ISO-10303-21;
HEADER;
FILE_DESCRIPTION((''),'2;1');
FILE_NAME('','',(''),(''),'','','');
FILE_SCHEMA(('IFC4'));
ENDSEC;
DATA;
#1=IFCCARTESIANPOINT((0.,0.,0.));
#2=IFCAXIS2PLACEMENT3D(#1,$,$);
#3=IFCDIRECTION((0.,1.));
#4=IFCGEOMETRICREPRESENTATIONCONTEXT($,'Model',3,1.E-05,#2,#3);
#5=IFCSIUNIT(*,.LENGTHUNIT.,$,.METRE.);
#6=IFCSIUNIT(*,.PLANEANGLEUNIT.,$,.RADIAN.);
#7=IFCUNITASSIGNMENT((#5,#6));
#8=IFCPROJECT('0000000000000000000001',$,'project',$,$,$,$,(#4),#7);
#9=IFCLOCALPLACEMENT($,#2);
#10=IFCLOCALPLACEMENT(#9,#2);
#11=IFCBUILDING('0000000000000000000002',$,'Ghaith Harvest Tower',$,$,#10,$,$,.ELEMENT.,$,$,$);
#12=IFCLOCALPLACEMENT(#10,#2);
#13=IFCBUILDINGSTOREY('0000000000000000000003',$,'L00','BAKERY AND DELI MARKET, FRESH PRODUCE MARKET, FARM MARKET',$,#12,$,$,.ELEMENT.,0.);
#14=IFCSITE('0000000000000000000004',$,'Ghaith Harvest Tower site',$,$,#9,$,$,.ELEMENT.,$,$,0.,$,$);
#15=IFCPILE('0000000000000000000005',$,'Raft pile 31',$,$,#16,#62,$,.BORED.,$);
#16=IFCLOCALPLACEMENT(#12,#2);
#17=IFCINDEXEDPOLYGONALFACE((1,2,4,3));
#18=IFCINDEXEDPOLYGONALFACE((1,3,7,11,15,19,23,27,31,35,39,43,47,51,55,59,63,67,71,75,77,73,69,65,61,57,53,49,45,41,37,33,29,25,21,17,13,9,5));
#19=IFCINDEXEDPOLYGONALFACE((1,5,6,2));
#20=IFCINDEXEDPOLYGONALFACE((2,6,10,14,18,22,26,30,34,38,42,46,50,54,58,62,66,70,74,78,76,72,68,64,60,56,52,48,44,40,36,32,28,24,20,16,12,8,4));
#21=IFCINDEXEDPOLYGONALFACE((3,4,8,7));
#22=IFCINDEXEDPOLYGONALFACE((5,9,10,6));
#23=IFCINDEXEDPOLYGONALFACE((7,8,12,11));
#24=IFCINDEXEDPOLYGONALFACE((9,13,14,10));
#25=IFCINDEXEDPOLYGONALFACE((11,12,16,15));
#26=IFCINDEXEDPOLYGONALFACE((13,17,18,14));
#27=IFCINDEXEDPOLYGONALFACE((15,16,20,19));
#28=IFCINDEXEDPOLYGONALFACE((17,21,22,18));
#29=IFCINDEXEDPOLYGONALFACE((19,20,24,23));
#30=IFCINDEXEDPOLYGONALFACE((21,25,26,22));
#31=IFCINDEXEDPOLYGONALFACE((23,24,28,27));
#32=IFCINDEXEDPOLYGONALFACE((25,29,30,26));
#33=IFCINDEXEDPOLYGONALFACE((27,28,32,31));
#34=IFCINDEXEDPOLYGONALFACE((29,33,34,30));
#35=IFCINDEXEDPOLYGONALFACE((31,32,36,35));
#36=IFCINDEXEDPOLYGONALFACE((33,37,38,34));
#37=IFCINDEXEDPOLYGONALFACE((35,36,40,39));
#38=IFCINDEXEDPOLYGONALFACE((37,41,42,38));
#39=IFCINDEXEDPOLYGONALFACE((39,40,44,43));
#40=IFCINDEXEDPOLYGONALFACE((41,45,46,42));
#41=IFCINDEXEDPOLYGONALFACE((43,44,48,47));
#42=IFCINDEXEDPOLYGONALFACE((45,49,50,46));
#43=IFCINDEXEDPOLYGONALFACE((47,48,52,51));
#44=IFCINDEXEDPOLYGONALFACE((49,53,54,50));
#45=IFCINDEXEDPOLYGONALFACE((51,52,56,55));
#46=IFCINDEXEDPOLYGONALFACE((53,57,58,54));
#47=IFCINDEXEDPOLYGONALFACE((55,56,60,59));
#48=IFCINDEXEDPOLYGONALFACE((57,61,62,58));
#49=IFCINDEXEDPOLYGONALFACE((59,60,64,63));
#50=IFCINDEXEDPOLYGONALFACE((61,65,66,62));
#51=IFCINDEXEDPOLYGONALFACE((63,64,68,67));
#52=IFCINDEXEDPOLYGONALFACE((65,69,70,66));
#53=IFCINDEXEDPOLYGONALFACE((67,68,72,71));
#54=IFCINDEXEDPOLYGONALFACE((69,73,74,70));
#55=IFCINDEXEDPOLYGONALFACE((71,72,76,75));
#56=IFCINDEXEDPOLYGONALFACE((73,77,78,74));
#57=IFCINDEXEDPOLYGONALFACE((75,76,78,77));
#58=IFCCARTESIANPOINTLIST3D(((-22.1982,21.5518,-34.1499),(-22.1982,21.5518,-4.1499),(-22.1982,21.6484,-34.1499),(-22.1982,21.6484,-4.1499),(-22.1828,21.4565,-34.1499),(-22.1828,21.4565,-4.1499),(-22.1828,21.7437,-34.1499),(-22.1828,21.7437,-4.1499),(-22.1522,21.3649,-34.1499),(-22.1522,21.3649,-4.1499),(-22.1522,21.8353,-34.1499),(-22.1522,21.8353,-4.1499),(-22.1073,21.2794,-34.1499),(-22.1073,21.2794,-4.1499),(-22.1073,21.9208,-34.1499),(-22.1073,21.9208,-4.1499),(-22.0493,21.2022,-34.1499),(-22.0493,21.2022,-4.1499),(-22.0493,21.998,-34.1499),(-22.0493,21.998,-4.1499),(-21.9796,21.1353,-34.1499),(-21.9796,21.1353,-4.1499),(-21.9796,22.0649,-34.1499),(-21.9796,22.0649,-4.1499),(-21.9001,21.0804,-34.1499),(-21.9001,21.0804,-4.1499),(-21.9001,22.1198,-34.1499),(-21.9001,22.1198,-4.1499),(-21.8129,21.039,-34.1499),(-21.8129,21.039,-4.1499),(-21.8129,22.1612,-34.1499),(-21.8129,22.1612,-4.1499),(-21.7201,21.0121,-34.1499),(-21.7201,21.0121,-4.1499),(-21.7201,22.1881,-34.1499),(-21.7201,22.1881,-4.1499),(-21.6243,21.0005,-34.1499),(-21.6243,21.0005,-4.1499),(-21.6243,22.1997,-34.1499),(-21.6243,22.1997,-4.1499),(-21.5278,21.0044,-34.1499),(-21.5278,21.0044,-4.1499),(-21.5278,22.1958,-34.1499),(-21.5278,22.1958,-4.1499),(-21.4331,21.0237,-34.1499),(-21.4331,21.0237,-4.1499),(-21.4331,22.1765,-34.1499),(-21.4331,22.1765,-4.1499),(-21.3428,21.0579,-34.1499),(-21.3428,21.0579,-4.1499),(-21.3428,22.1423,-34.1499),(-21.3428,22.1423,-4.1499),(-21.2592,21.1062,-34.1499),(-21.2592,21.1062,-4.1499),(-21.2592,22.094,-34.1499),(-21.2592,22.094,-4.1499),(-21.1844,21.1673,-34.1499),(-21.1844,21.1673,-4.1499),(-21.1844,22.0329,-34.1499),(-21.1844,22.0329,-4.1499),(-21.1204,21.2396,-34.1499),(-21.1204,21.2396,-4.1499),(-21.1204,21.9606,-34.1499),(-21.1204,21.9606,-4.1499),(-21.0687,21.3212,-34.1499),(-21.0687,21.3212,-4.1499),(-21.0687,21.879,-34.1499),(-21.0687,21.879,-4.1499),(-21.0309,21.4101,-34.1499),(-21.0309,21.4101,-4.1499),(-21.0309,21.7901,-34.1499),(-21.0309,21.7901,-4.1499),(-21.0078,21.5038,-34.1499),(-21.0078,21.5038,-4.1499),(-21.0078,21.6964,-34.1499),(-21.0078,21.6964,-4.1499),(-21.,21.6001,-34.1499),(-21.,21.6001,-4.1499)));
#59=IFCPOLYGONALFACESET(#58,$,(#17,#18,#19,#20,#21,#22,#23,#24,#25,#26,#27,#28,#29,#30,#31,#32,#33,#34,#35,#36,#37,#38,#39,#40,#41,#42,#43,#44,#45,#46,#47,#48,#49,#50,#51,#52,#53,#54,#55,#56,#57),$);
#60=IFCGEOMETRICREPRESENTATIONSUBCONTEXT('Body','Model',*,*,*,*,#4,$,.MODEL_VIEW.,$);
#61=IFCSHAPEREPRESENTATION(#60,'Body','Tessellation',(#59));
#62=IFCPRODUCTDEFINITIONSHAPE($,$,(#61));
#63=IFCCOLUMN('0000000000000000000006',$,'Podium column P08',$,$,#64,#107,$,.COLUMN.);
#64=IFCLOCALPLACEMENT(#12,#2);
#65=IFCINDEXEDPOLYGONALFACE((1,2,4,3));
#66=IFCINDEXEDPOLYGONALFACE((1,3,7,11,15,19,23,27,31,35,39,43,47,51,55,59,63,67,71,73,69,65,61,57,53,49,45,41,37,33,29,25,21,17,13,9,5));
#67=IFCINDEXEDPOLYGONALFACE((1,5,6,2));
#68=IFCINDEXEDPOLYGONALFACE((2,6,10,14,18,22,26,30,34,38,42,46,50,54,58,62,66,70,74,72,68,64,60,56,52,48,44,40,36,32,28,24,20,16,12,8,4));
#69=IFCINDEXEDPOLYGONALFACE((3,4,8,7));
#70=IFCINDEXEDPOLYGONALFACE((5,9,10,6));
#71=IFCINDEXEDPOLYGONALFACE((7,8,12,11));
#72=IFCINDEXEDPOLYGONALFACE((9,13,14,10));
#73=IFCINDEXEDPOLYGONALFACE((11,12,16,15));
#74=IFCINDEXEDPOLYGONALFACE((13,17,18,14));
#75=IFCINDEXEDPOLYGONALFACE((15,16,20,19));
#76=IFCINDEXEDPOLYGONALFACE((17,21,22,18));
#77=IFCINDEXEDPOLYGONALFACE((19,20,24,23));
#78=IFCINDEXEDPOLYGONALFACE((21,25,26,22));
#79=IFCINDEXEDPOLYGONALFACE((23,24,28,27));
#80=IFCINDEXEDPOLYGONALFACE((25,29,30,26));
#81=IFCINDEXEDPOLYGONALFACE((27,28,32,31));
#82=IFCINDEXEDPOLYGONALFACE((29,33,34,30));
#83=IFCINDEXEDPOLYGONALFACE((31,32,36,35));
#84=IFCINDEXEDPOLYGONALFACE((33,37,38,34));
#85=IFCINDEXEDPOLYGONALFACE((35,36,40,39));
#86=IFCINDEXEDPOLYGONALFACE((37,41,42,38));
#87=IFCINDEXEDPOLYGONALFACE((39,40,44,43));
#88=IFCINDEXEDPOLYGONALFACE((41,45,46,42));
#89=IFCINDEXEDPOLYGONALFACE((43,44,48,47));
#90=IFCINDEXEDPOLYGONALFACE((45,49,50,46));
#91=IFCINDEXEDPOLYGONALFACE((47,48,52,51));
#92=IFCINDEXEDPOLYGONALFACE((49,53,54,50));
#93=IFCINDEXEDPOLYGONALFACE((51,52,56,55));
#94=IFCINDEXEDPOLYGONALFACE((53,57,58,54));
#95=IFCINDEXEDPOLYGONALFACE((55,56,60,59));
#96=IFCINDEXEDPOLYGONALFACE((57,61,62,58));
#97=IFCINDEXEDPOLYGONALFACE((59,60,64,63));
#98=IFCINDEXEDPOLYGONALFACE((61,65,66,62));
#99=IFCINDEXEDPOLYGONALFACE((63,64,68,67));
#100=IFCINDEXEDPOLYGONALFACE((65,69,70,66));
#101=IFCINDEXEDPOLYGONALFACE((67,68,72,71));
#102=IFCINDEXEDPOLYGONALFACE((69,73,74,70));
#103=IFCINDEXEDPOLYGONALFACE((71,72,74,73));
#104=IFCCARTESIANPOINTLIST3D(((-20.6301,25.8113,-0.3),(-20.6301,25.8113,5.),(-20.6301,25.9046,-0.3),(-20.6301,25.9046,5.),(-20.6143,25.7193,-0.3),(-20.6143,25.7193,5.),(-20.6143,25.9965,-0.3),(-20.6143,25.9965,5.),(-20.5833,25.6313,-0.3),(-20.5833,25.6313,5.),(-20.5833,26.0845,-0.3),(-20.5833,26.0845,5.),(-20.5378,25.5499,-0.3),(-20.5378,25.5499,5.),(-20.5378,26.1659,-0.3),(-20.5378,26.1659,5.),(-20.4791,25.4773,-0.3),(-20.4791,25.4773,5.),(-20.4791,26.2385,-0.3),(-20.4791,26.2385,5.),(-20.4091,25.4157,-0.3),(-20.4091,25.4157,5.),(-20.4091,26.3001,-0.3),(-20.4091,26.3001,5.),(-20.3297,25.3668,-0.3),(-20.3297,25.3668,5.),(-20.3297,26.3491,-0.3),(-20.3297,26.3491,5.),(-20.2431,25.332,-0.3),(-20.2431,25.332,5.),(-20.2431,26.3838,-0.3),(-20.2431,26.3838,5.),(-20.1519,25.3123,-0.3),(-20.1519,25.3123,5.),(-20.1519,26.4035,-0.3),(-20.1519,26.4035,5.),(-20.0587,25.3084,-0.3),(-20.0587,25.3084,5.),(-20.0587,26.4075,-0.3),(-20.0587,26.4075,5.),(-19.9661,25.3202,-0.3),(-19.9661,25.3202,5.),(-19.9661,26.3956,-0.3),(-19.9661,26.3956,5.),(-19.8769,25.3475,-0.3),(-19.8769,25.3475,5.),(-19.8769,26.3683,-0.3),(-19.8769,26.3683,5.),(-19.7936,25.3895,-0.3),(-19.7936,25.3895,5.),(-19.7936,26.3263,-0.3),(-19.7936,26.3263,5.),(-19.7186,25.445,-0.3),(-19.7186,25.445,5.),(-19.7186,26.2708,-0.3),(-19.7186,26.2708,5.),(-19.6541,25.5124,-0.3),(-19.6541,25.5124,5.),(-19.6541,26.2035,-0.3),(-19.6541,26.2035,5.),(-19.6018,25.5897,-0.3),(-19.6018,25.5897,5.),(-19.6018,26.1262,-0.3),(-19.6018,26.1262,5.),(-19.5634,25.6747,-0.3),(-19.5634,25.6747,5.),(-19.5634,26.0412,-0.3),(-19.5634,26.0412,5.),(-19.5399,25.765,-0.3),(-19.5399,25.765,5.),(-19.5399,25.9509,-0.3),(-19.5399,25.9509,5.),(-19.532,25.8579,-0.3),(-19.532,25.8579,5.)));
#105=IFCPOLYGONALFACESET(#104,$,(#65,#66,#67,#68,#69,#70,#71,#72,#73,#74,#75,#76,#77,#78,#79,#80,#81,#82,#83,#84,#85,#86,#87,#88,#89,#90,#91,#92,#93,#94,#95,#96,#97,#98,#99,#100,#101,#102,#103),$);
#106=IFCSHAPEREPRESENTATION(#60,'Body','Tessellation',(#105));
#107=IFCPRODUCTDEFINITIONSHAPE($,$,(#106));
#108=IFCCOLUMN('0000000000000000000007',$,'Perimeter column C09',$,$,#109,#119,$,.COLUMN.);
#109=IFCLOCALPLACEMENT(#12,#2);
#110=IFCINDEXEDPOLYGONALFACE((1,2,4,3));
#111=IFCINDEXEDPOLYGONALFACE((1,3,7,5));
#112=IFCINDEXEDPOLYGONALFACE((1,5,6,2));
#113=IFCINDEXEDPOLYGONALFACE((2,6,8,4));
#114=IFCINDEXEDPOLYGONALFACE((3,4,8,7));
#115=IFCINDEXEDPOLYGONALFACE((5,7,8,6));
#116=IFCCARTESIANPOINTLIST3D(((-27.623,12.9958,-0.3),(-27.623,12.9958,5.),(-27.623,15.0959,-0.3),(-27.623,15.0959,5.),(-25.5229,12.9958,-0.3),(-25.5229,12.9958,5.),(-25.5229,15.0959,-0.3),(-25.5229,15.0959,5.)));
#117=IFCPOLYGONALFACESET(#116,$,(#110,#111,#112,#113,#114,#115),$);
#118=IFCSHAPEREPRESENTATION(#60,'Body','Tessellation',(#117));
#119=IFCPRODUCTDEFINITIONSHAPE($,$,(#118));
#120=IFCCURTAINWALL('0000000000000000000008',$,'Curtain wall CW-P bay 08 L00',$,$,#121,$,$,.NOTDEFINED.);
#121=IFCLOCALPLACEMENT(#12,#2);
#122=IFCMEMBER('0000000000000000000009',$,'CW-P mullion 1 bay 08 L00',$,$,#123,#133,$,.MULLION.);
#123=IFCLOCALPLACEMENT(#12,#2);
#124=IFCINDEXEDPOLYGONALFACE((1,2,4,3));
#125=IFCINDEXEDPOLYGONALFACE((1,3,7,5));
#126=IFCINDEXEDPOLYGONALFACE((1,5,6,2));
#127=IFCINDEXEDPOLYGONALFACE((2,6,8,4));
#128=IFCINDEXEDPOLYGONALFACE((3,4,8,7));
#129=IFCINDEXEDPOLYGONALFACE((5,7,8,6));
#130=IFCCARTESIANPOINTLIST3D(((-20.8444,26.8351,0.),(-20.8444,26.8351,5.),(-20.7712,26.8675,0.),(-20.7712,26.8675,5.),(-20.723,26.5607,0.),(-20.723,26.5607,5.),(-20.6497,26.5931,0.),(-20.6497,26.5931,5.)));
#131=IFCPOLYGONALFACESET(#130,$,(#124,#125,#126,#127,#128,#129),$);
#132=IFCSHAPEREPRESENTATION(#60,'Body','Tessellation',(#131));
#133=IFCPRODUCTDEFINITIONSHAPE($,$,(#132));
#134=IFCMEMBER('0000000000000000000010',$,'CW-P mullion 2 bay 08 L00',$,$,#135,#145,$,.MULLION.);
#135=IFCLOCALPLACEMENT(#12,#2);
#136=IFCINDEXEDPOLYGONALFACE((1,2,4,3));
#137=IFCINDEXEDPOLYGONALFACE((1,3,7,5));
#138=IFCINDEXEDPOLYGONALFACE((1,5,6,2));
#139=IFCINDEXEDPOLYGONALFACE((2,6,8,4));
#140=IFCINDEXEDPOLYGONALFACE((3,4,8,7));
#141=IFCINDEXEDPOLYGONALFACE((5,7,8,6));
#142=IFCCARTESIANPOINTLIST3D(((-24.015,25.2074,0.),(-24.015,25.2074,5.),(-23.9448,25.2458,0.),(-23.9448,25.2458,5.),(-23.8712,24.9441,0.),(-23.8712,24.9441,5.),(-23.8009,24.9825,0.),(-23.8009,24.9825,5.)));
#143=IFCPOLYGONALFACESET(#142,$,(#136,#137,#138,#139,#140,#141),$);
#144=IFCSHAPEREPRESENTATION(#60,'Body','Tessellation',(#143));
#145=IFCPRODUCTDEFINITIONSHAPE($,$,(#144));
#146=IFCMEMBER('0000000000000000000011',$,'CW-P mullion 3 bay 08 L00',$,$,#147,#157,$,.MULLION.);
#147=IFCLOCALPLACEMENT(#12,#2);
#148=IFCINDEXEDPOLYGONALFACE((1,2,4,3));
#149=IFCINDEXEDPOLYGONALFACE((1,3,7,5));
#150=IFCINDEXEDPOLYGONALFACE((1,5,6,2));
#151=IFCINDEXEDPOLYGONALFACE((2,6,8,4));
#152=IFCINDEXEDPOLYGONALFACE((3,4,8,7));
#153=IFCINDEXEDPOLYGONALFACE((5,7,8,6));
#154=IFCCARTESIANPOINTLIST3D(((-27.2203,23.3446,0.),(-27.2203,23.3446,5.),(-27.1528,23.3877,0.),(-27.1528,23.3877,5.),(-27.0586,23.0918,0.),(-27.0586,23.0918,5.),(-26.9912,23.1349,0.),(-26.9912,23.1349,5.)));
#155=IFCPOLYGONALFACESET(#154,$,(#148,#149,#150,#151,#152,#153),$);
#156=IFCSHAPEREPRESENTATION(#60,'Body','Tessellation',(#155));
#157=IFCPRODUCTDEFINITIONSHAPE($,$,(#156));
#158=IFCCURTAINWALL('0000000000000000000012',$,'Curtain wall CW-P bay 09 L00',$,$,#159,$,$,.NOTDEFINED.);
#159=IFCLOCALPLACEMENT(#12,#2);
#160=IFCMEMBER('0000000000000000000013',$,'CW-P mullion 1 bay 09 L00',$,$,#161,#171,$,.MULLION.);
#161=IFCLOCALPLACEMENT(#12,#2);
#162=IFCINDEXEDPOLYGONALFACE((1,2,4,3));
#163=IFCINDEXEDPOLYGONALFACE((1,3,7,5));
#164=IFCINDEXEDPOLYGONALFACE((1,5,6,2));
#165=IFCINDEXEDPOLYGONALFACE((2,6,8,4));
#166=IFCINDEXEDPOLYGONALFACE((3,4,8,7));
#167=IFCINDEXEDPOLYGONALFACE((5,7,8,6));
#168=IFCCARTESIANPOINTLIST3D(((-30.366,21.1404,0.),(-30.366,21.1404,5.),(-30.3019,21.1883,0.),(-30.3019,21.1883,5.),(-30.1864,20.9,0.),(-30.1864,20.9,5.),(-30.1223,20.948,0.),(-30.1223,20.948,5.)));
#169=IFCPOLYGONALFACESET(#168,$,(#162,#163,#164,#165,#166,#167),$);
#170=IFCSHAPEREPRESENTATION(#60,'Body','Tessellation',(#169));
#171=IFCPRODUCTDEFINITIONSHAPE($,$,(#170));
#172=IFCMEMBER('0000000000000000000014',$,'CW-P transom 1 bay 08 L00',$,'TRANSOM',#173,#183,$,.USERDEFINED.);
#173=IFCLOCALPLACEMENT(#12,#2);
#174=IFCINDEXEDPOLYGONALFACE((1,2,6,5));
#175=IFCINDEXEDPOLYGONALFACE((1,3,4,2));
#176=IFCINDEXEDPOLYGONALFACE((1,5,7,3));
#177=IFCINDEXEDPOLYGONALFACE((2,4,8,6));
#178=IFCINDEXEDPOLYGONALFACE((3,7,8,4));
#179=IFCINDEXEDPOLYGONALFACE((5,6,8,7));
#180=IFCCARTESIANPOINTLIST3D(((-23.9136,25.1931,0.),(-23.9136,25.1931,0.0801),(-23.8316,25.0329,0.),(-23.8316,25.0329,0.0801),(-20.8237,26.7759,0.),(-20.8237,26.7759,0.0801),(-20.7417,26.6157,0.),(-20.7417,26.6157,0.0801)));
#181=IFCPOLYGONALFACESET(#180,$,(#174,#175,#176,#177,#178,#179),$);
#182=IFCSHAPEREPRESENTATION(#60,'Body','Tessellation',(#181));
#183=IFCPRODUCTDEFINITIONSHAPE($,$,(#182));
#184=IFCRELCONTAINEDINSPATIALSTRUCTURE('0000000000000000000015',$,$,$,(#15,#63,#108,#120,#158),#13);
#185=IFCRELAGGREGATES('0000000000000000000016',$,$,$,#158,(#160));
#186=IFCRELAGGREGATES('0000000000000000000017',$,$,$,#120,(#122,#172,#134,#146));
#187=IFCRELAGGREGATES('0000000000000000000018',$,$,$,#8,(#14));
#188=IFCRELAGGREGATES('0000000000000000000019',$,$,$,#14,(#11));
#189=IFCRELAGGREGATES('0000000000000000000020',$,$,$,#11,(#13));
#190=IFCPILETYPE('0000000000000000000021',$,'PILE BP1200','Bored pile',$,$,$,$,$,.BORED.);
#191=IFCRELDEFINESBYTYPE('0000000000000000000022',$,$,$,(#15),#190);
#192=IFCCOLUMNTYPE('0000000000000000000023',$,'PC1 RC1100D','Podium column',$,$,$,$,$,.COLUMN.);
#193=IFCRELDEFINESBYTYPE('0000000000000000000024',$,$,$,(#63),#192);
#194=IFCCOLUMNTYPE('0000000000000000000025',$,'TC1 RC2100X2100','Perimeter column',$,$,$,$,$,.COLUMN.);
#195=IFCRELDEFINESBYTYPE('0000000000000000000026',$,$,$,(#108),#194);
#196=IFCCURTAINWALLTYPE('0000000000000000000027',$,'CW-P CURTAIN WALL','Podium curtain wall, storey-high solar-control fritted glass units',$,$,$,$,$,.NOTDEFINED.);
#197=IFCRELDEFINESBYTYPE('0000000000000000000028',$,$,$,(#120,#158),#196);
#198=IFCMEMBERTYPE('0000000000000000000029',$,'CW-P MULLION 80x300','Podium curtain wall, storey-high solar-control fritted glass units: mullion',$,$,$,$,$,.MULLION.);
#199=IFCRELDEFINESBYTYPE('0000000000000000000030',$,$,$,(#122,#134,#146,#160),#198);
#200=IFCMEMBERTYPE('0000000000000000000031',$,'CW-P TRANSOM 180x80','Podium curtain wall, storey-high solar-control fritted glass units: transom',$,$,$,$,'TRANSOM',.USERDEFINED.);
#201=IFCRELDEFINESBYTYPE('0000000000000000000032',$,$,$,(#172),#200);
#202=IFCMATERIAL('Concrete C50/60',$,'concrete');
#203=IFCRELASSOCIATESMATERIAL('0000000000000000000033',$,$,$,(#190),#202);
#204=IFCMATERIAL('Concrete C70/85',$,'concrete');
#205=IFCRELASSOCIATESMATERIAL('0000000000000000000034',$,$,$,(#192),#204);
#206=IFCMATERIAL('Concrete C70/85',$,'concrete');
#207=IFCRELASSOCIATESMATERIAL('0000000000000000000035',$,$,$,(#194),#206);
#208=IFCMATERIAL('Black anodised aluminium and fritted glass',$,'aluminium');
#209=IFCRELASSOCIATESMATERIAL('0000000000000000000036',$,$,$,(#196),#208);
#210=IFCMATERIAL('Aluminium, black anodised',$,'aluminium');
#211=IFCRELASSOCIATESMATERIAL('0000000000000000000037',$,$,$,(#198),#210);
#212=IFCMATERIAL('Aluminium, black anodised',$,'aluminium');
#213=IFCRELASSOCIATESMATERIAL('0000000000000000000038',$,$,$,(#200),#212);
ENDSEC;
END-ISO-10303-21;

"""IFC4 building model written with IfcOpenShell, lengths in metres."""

from ifc_helpers import new_model, si_unit, direction, frame, origin, origin_2d, place, context, subcontext, project, spatial, rectangle, circle, extrude, material, material_profile, profile_set, type_object, element, aggregate, save


model = new_model("IFC4")

# Units and contexts
model_context = context("Model", 3, precision=1e-05, world=origin(), true_north=direction((0.0, 1.0)))
body_context = subcontext(model_context, "Body", "Model", "MODEL_VIEW")
ifc_project = project(units=[si_unit("LENGTHUNIT", "METRE"), si_unit("PLANEANGLEUNIT", "RADIAN")], contexts=[model_context])

# Site, building, storey
site_placement = place(None, origin())
site = spatial("IfcSite", under=ifc_project, at=site_placement, Name="Ghaith Harvest Tower site", CompositionType="ELEMENT", RefElevation=0.0)
building_placement = place(site_placement, origin())
building = spatial("IfcBuilding", under=site, at=building_placement, Name="Ghaith Harvest Tower", CompositionType="ELEMENT")
storey_placement = place(building_placement, origin())
storey = spatial("IfcBuildingStorey", under=building, at=storey_placement, Name="L00", Description="BAKERY AND DELI MARKET, FRESH PRODUCE MARKET, FARM MARKET", CompositionType="ELEMENT", Elevation=0.0)

# Pile
ifc_material_1 = material(Name="Concrete C50/60", Category="concrete")
ifc_material_profile_1 = material_profile(ifc_material_1, circle(Radius=0.6001, at=origin_2d()), Name="PILE1200")
ifc_profile_set_1 = profile_set([ifc_material_profile_1], Name="Concrete C50/60")
pile_type = type_object("IfcPileType", Name="PILE BP1200", Description="Bored pile", PredefinedType="BORED", material=ifc_profile_set_1)
for number, where, z_axis, x_axis, name in (
    (1, (-21.6001, 21.6001, -4.1499), (0.0, 0.0, -1.0), (1.0, 0.0, 0.0), "Raft pile 31"),
):
    element("IfcPile", number, at=place(storey_placement, frame(where, z_axis=z_axis, x_axis=x_axis)), inside=storey, type_object=pile_type, Name=name, PredefinedType="BORED", context=body_context, shape_type="SweptSolid", body=[
        extrude(circle(Radius=0.6001, at=origin_2d()), origin(), (0.0, 0.0, 1.0), 30.0),
    ])

# Columns
ifc_material_2 = material(Name="Concrete C70/85", Category="concrete")
ifc_material_profile_2 = material_profile(ifc_material_2, circle(Radius=0.55, at=origin_2d()), Name="RC1100D")
ifc_profile_set_2 = profile_set([ifc_material_profile_2], Name="Concrete C70/85")
column_type_1 = type_object("IfcColumnType", Name="PC1 RC1100D", Description="Podium column", PredefinedType="COLUMN", material=ifc_profile_set_2)
column_1_placement = place(storey_placement, frame((-20.082, 25.8579, -0.3), z_axis=(0.0, 0.0, 1.0), x_axis=(1.0, 0.0, 0.0)))
element("IfcColumn", 2, at=column_1_placement, inside=storey, type_object=column_type_1, Name="Podium column P08", PredefinedType="COLUMN", context=body_context, shape_type="SweptSolid", body=[
    extrude(circle(Radius=0.55, at=origin_2d()), origin(), (0.0, 0.0, 1.0), 5.3),
])
ifc_material_3 = material(Name="Concrete C70/85", Category="concrete")
ifc_material_profile_3 = material_profile(ifc_material_3, rectangle(XDim=2.1001, YDim=2.1001, at=origin_2d()), Name="RC2100X2100")
ifc_profile_set_3 = profile_set([ifc_material_profile_3], Name="Concrete C70/85")
column_type_2 = type_object("IfcColumnType", Name="TC1 RC2100X2100", Description="Perimeter column", PredefinedType="COLUMN", material=ifc_profile_set_3)
column_2_placement = place(storey_placement, frame((-26.573, 14.0459, -0.3), z_axis=(0.0, 0.0, 1.0), x_axis=(1.0, 0.0, 0.0)))
element("IfcColumn", 3, at=column_2_placement, inside=storey, type_object=column_type_2, Name="Perimeter column C09", PredefinedType="COLUMN", context=body_context, shape_type="SweptSolid", body=[
    extrude(rectangle(XDim=2.1001, YDim=2.1001, at=origin_2d()), origin(), (0.0, 0.0, 1.0), 5.3),
])

# Curtain wall, members
ifc_material_4 = material(Name="Black anodised aluminium and fritted glass", Category="aluminium")
curtain_wall_type = type_object("IfcCurtainWallType", Name="CW-P CURTAIN WALL", Description="Podium curtain wall, storey-high solar-control fritted glass units", PredefinedType="NOTDEFINED", material=ifc_material_4)
curtain_wall_1_placement = place(storey_placement, origin())
curtain_wall_1 = element("IfcCurtainWall", 4, at=curtain_wall_1_placement, inside=storey, type_object=curtain_wall_type, Name="Curtain wall CW-P bay 08 L00", PredefinedType="NOTDEFINED")
ifc_material_5 = material(Name="Aluminium, black anodised", Category="aluminium")
ifc_material_profile_4 = material_profile(ifc_material_5, rectangle(XDim=0.0801, YDim=0.3, at=origin_2d()), Name="CW-P MULLION 80x300")
ifc_profile_set_4 = profile_set([ifc_material_profile_4], Name="Aluminium, black anodised")
member_type_1 = type_object("IfcMemberType", Name="CW-P MULLION 80x300", Description="Podium curtain wall, storey-high solar-control fritted glass units: mullion", PredefinedType="MULLION", material=ifc_profile_set_4)
member_1_placement = place(storey_placement, frame((-20.7471, 26.7141, 0.0), z_axis=(0.0, 0.0, 1.0), x_axis=(-0.914422, -0.404763, 0.0)))
member_1 = element("IfcMember", 5, at=member_1_placement, type_object=member_type_1, Name="CW-P mullion 1 bay 08 L00", PredefinedType="MULLION", context=body_context, shape_type="SweptSolid", body=[
    extrude(rectangle(XDim=0.0801, YDim=0.3, at=origin_2d()), origin(), (0.0, 0.0, 1.0), 5.0),
])
member_2_placement = place(storey_placement, frame((-23.908, 25.095, 0.0), z_axis=(0.0, 0.0, 1.0), x_axis=(-0.877556, -0.479473, 0.0)))
member_2 = element("IfcMember", 6, at=member_2_placement, type_object=member_type_1, Name="CW-P mullion 2 bay 08 L00", PredefinedType="MULLION", context=body_context, shape_type="SweptSolid", body=[
    extrude(rectangle(XDim=0.0801, YDim=0.3, at=origin_2d()), origin(), (0.0, 0.0, 1.0), 5.0),
])
member_3_placement = place(storey_placement, frame((-27.1057, 23.2397, 0.0), z_axis=(0.0, 0.0, 1.0), x_axis=(-0.842539, -0.538635, 0.0)))
member_3 = element("IfcMember", 7, at=member_3_placement, type_object=member_type_1, Name="CW-P mullion 3 bay 08 L00", PredefinedType="MULLION", context=body_context, shape_type="SweptSolid", body=[
    extrude(rectangle(XDim=0.0801, YDim=0.3, at=origin_2d()), origin(), (0.0, 0.0, 1.0), 5.0),
])

# Curtain wall, member
curtain_wall_2_placement = place(storey_placement, origin())
curtain_wall_2 = element("IfcCurtainWall", 8, at=curtain_wall_2_placement, inside=storey, type_object=curtain_wall_type, Name="Curtain wall CW-P bay 09 L00", PredefinedType="NOTDEFINED")
member_4_placement = place(storey_placement, frame((-30.2441, 21.0442, 0.0), z_axis=(0.0, 0.0, 1.0), x_axis=(-0.801048, -0.5986, 0.0)))
member_4 = element("IfcMember", 9, at=member_4_placement, type_object=member_type_1, Name="CW-P mullion 1 bay 09 L00", PredefinedType="MULLION", context=body_context, shape_type="SweptSolid", body=[
    extrude(rectangle(XDim=0.0801, YDim=0.3, at=origin_2d()), origin(), (0.0, 0.0, 1.0), 5.0),
])

# Member
ifc_material_6 = material(Name="Aluminium, black anodised", Category="aluminium")
ifc_material_profile_5 = material_profile(ifc_material_6, rectangle(XDim=0.1799, YDim=0.0801, at=origin_2d()), Name="CW-P TRANSOM 180x80")
ifc_profile_set_5 = profile_set([ifc_material_profile_5], Name="Aluminium, black anodised")
member_type_2 = type_object("IfcMemberType", Name="CW-P TRANSOM 180x80", Description="Podium curtain wall, storey-high solar-control fritted glass units: transom", ElementType="TRANSOM", PredefinedType="USERDEFINED", material=ifc_profile_set_5)
member_5_placement = place(storey_placement, frame((-20.7827, 26.6958, 0.04), z_axis=(-0.890025, -0.455913, 0.0), x_axis=(0.455913, -0.890025, 0.0)))
member_5 = element("IfcMember", 10, at=member_5_placement, type_object=member_type_2, Name="CW-P transom 1 bay 08 L00", ObjectType="TRANSOM", PredefinedType="USERDEFINED", context=body_context, shape_type="SweptSolid", body=[
    extrude(rectangle(XDim=0.1799, YDim=0.0801, at=origin_2d()), origin(), (0.0, 0.0, 1.0), 3.4717),
])
aggregate(curtain_wall_2, [member_4])

aggregate(curtain_wall_1, [member_1, member_5, member_2, member_3])

save(model, "model.ifc")
